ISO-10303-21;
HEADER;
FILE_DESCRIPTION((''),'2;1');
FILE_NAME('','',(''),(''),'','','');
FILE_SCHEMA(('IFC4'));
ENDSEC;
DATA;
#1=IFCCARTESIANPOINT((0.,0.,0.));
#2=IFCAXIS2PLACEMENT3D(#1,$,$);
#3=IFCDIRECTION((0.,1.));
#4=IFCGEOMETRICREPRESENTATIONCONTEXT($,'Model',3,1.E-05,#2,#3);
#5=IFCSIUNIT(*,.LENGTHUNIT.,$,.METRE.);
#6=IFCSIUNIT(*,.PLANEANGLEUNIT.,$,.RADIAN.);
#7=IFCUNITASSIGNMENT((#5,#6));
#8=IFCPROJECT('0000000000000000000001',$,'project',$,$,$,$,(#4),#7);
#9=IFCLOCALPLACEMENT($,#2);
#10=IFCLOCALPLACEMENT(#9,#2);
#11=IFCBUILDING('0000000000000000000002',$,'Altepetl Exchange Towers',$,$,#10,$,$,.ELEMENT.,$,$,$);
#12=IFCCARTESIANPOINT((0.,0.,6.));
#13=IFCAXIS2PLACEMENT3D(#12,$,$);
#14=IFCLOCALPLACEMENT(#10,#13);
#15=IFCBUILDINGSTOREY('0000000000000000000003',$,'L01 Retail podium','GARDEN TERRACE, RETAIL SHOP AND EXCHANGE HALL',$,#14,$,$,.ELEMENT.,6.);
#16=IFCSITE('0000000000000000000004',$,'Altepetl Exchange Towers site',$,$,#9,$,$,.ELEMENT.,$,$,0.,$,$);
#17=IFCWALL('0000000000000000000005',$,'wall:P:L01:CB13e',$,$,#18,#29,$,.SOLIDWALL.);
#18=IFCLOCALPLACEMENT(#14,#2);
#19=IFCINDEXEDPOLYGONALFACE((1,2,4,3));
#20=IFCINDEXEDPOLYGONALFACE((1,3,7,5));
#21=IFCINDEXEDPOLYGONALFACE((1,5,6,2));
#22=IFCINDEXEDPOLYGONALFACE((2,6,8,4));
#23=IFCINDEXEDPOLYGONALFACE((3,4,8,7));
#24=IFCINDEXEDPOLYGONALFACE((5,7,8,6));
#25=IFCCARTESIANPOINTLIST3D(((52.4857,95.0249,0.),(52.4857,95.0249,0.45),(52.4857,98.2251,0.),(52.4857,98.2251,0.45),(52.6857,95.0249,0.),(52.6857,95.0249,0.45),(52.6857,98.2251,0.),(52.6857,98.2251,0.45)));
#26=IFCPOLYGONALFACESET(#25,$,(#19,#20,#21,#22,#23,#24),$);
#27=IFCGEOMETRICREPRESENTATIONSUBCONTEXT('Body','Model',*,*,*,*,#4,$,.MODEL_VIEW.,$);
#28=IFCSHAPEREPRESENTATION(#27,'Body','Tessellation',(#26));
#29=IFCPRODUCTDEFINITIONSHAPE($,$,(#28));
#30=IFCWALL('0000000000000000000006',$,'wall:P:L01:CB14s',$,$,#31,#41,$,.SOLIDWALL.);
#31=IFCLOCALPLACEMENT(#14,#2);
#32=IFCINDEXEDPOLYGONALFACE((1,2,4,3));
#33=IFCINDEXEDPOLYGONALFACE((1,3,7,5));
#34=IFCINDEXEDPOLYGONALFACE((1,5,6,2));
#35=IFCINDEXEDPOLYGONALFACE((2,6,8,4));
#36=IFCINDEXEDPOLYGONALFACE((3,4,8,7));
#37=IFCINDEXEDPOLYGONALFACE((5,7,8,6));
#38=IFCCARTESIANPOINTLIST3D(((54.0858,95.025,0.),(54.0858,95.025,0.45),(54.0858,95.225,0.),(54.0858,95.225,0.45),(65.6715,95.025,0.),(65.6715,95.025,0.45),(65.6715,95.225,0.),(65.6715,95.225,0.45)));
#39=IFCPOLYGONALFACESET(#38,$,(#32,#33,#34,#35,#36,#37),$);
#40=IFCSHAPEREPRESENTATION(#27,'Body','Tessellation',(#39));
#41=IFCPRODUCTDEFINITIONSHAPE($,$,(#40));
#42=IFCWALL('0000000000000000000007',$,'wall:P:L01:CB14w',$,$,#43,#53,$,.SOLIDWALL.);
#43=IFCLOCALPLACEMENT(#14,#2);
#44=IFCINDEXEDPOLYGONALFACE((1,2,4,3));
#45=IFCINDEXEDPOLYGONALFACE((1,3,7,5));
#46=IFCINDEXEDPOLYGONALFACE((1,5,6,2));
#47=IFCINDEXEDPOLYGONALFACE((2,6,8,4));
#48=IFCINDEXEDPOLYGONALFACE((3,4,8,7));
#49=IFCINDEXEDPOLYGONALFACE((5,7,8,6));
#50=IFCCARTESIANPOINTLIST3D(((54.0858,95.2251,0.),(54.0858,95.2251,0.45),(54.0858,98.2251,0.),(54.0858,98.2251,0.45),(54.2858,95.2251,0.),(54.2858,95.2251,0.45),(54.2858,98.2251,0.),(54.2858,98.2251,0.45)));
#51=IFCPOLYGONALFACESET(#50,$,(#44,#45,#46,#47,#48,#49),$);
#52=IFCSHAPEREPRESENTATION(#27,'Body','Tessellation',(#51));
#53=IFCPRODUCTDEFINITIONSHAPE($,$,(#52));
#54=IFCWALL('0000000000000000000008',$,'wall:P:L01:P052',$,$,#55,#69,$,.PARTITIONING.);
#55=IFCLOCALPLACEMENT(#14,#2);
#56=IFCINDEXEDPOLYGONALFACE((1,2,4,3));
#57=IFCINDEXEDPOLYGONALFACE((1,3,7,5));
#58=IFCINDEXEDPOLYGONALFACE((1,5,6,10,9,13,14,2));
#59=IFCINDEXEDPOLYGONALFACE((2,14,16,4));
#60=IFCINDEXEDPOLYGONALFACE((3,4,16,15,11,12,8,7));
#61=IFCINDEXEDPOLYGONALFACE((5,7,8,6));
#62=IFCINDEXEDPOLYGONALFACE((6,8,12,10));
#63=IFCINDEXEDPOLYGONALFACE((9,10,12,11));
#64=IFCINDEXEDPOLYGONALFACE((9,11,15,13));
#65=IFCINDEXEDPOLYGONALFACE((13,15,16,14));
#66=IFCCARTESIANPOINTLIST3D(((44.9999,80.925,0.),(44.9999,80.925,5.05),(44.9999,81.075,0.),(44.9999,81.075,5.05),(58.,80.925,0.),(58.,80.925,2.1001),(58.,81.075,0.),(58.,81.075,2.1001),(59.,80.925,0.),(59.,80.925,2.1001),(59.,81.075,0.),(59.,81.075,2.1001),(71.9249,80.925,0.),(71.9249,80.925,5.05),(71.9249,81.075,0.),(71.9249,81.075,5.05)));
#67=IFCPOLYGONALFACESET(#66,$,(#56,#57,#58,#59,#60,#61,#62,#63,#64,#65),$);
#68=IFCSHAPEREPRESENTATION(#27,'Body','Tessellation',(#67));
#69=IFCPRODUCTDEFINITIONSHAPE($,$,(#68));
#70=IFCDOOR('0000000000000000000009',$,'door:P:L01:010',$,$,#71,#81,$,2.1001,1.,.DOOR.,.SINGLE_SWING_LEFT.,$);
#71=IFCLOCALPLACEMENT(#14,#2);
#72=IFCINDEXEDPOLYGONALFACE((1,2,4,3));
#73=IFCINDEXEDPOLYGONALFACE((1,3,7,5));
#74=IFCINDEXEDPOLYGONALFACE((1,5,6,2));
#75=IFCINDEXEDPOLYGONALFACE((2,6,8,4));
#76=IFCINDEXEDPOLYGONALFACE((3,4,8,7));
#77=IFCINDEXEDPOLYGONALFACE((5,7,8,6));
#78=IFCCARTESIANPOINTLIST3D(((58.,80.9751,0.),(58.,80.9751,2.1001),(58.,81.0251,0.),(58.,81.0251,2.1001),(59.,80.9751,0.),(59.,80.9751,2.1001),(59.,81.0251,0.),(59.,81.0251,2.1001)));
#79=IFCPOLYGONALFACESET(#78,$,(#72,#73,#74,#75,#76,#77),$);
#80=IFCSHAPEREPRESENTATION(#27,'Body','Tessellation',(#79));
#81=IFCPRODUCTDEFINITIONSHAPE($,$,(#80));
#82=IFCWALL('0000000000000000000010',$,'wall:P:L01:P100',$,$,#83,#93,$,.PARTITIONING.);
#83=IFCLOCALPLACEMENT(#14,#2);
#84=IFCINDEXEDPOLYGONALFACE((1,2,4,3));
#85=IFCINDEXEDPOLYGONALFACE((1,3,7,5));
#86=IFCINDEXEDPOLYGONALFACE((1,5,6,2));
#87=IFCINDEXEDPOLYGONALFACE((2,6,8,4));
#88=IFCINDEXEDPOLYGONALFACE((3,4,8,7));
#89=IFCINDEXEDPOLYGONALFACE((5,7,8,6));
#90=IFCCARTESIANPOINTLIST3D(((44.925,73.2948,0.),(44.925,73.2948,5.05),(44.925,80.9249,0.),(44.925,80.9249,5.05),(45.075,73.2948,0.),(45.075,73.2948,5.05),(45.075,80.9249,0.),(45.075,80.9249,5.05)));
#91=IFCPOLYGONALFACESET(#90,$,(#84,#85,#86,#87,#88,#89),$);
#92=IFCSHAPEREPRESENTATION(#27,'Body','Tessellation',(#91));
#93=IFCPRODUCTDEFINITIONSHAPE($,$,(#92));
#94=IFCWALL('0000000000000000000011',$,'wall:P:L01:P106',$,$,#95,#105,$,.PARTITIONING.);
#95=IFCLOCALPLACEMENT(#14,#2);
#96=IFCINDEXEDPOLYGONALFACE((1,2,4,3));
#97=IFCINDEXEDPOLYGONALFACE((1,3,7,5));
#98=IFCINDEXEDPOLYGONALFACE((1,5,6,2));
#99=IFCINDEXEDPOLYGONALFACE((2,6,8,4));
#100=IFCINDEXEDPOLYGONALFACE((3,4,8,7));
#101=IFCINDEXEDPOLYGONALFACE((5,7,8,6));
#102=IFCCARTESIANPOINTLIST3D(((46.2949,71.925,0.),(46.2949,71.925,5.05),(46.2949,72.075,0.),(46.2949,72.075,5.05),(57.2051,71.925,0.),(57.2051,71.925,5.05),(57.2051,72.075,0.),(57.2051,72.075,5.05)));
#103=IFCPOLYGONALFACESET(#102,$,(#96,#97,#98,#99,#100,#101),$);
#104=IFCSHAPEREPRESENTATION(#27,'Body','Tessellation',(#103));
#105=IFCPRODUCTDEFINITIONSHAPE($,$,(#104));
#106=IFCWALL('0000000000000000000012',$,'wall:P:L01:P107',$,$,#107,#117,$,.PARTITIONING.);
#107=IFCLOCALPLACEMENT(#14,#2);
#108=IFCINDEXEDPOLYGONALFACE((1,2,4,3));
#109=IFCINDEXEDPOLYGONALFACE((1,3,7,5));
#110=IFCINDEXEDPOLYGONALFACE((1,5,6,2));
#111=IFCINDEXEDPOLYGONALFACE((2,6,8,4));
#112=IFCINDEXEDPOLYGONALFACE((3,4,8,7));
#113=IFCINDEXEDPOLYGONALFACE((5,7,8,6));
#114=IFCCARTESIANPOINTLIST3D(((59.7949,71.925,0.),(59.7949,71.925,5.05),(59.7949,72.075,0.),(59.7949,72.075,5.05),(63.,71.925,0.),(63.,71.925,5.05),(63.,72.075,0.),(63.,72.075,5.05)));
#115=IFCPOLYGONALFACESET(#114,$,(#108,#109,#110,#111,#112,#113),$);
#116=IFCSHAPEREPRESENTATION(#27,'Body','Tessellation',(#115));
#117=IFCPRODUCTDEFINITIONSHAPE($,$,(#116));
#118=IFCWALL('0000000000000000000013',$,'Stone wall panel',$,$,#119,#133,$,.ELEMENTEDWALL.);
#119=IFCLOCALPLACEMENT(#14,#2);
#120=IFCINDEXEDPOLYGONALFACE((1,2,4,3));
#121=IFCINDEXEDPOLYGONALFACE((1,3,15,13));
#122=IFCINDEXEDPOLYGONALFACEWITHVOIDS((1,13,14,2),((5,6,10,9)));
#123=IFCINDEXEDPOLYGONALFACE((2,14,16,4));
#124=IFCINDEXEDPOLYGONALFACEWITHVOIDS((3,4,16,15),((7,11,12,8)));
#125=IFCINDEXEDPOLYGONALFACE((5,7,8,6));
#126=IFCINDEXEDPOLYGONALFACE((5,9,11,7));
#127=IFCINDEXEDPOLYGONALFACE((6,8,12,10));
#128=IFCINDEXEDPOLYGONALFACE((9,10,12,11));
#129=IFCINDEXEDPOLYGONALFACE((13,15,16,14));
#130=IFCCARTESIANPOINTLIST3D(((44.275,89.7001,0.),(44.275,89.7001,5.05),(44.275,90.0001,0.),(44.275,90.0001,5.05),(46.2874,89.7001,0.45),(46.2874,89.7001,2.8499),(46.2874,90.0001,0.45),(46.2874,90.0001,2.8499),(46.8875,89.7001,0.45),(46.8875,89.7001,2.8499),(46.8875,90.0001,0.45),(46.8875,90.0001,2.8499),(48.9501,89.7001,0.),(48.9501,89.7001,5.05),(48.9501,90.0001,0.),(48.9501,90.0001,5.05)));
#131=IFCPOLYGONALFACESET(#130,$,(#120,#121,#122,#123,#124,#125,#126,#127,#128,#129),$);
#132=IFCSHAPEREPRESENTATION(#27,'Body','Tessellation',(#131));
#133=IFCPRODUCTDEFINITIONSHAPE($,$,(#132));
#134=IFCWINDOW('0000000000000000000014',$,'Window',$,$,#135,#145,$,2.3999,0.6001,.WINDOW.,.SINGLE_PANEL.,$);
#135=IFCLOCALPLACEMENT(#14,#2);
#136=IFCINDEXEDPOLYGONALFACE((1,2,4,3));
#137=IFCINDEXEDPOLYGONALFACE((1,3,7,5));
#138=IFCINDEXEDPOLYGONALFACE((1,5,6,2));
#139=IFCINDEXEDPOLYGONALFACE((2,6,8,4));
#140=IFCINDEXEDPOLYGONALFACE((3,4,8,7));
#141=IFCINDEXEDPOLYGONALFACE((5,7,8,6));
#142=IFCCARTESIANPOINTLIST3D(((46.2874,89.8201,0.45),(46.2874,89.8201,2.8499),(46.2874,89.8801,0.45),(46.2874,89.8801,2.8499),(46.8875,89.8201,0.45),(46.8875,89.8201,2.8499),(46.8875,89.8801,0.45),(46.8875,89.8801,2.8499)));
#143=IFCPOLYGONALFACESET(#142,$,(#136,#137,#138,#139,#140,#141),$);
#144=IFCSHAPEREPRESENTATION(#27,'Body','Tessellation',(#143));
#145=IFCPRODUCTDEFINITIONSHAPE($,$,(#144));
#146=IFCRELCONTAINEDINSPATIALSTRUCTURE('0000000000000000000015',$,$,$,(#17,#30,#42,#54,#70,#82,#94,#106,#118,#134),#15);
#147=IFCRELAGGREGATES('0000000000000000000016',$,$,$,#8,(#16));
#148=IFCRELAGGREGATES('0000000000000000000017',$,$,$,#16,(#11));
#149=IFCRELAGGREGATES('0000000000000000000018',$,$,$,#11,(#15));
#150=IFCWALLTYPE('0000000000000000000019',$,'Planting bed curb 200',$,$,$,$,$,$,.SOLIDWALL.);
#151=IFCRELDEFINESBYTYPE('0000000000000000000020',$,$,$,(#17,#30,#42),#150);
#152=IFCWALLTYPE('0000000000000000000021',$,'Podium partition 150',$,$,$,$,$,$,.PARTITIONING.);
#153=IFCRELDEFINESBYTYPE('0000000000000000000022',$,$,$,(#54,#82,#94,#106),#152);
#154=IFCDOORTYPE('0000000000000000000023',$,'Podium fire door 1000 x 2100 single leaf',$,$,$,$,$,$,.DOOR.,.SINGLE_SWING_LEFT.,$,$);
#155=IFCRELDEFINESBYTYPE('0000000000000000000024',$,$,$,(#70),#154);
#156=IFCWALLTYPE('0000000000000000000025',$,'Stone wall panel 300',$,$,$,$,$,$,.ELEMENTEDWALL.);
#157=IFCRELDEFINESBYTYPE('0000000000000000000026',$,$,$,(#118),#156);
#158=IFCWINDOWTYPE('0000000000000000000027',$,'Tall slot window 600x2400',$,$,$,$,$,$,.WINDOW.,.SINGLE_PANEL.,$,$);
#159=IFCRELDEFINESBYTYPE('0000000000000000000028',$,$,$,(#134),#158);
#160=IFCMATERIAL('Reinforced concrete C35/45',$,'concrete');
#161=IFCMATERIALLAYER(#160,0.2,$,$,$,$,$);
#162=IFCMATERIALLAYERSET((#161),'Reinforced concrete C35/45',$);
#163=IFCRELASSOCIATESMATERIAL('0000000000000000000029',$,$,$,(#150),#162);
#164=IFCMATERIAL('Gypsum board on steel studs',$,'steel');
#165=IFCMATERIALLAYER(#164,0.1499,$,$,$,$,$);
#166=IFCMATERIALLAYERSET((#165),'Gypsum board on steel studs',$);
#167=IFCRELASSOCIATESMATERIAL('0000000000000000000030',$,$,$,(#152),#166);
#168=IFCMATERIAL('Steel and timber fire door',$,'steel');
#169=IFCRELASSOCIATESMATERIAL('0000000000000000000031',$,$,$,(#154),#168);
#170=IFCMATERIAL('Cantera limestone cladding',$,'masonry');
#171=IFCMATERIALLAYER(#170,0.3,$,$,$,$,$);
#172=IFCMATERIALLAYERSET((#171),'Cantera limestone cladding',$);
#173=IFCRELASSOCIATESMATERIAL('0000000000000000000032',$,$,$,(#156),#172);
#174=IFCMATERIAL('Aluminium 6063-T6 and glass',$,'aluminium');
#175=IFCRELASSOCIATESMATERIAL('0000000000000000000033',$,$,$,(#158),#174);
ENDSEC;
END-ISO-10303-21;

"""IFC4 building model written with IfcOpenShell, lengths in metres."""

from ifc_helpers import new_model, si_unit, direction, frame, frame_2d, origin, place, context, subcontext, project, spatial, rectangle, extrude, material, layer, layer_set, type_object, element, fill, save


model = new_model("IFC4")

# Units and contexts
model_context = context("Model", 3, precision=1e-05, world=origin(), true_north=direction((0.0, 1.0)))
body_context = subcontext(model_context, "Body", "Model", "MODEL_VIEW")
ifc_project = project(units=[si_unit("LENGTHUNIT", "METRE"), si_unit("PLANEANGLEUNIT", "RADIAN")], contexts=[model_context])

# Site, building, storey
site_placement = place(None, origin())
site = spatial("IfcSite", under=ifc_project, at=site_placement, Name="Altepetl Exchange Towers site", CompositionType="ELEMENT", RefElevation=0.0)
building_placement = place(site_placement, origin())
building = spatial("IfcBuilding", under=site, at=building_placement, Name="Altepetl Exchange Towers", CompositionType="ELEMENT")
storey_placement = place(building_placement, frame((0.0, 0.0, 6.0)))
storey = spatial("IfcBuildingStorey", under=building, at=storey_placement, Name="L01 Retail podium", Description="GARDEN TERRACE, RETAIL SHOP AND EXCHANGE HALL", CompositionType="ELEMENT", Elevation=6.0)

# Shared definitions
ifc_material_1 = material(Name="Aluminium 6063-T6 and glass", Category="aluminium")

# Walls
ifc_material_2 = material(Name="Reinforced concrete C35/45", Category="concrete")
ifc_layer_1 = layer(ifc_material_2, 0.2)
ifc_layer_set_1 = layer_set([ifc_layer_1], Name="Reinforced concrete C35/45")
wall_type_1 = type_object("IfcWallType", Name="Planting bed curb 200", PredefinedType="SOLIDWALL", material=ifc_layer_set_1)
wall_1_placement = place(storey_placement, frame((52.5857, 95.0249, 0.0), z_axis=(0.0, 0.0, 1.0), x_axis=(0.0, 1.0, 0.0)))
element("IfcWall", 1, at=wall_1_placement, inside=storey, type_object=wall_type_1, Name="wall:P:L01:CB13e", PredefinedType="SOLIDWALL", context=body_context, shape_type="SweptSolid", body=[
    extrude(rectangle(XDim=3.2002, YDim=0.2, at=frame_2d((1.6001, 0.0))), origin(), (0.0, 0.0, 1.0), 0.45),
])
wall_2_placement = place(storey_placement, frame((54.0857, 95.125, 0.0)))
element("IfcWall", 2, at=wall_2_placement, inside=storey, type_object=wall_type_1, Name="wall:P:L01:CB14s", PredefinedType="SOLIDWALL", context=body_context, shape_type="SweptSolid", body=[
    extrude(rectangle(XDim=11.5857, YDim=0.2, at=frame_2d((5.793, 0.0))), origin(), (0.0, 0.0, 1.0), 0.45),
])
wall_3_placement = place(storey_placement, frame((54.1858, 95.2251, 0.0), z_axis=(0.0, 0.0, 1.0), x_axis=(0.0, 1.0, 0.0)))
element("IfcWall", 3, at=wall_3_placement, inside=storey, type_object=wall_type_1, Name="wall:P:L01:CB14w", PredefinedType="SOLIDWALL", context=body_context, shape_type="SweptSolid", body=[
    extrude(rectangle(XDim=3.0, YDim=0.2, at=frame_2d((1.5, 0.0))), origin(), (0.0, 0.0, 1.0), 0.45),
])

# Wall, opening, door
ifc_material_3 = material(Name="Gypsum board on steel studs", Category="steel")
ifc_layer_2 = layer(ifc_material_3, 0.1499)
ifc_layer_set_2 = layer_set([ifc_layer_2], Name="Gypsum board on steel studs")
wall_type_2 = type_object("IfcWallType", Name="Podium partition 150", PredefinedType="PARTITIONING", material=ifc_layer_set_2)
wall_4_placement = place(storey_placement, frame((45.0, 81.0, 0.0)))
wall_4 = element("IfcWall", 4, at=wall_4_placement, inside=storey, type_object=wall_type_2, Name="wall:P:L01:P052", PredefinedType="PARTITIONING", context=body_context, shape_type="SweptSolid", body=[
    extrude(rectangle(XDim=26.925, YDim=0.1499, at=frame_2d((13.4624, 0.0))), origin(), (0.0, 0.0, 1.0), 5.05),
])
opening_1_placement = place(wall_4_placement, frame((13.0, 0.0, 0.0)))
opening_1 = element("IfcOpeningElement", 5, at=opening_1_placement, cuts=wall_4, PredefinedType="OPENING", context=body_context, shape_type="SweptSolid", body=[
    extrude(rectangle(XDim=1.0, YDim=2.1001, at=frame_2d((0.5, 1.05))), frame((0.0, 0.085, 0.0), z_axis=(0.0, -1.0, 0.0), x_axis=(1.0, 0.0, 0.0)), (0.0, 0.0, 1.0), 0.1699),
])
ifc_material_4 = material(Name="Steel and timber fire door", Category="steel")
door_type_1 = type_object("IfcDoorType", Name="Podium fire door 1000 x 2100 single leaf", OperationType="SINGLE_SWING_LEFT", PredefinedType="DOOR", material=ifc_material_4)
door_1_placement = place(opening_1_placement, frame((1.0, 0.0, 0.0), x_axis=(-1.0, 0.0, 0.0)))
door_1 = element("IfcDoor", 6, at=door_1_placement, inside=storey, type_object=door_type_1, Name="door:P:L01:010", OperationType="SINGLE_SWING_LEFT", OverallHeight=2.1001, OverallWidth=1.0, PredefinedType="DOOR", context=body_context, shape_type="SweptSolid", body=[
    extrude(rectangle(XDim=1.0, YDim=2.1001, at=frame_2d((0.5, 1.05))), frame((0.0, 0.0249, 0.0), z_axis=(0.0, -1.0, 0.0), x_axis=(1.0, 0.0, 0.0)), (0.0, 0.0, 1.0), 0.05),
])
fill(opening_1, door_1)

# Walls
wall_5_placement = place(storey_placement, frame((45.0, 73.2949, 0.0), z_axis=(0.0, 0.0, 1.0), x_axis=(0.0, 1.0, 0.0)))
element("IfcWall", 7, at=wall_5_placement, inside=storey, type_object=wall_type_2, Name="wall:P:L01:P100", PredefinedType="PARTITIONING", context=body_context, shape_type="SweptSolid", body=[
    extrude(rectangle(XDim=7.6301, YDim=0.1499, at=frame_2d((3.8149, 0.0))), origin(), (0.0, 0.0, 1.0), 5.05),
])
wall_6_placement = place(storey_placement, frame((46.2949, 72.0, 0.0)))
element("IfcWall", 8, at=wall_6_placement, inside=storey, type_object=wall_type_2, Name="wall:P:L01:P106", PredefinedType="PARTITIONING", context=body_context, shape_type="SweptSolid", body=[
    extrude(rectangle(XDim=10.9102, YDim=0.1499, at=frame_2d((5.4551, 0.0))), origin(), (0.0, 0.0, 1.0), 5.05),
])
wall_7_placement = place(storey_placement, frame((59.7949, 72.0, 0.0)))
element("IfcWall", 9, at=wall_7_placement, inside=storey, type_object=wall_type_2, Name="wall:P:L01:P107", PredefinedType="PARTITIONING", context=body_context, shape_type="SweptSolid", body=[
    extrude(rectangle(XDim=3.2051, YDim=0.1499, at=frame_2d((1.6025, 0.0))), origin(), (0.0, 0.0, 1.0), 5.05),
])

# Wall, opening, window
ifc_material_5 = material(Name="Cantera limestone cladding", Category="masonry")
ifc_layer_3 = layer(ifc_material_5, 0.3)
ifc_layer_set_3 = layer_set([ifc_layer_3], Name="Cantera limestone cladding")
wall_type_3 = type_object("IfcWallType", Name="Stone wall panel 300", PredefinedType="ELEMENTEDWALL", material=ifc_layer_set_3)
wall_8_placement = place(storey_placement, frame((48.95, 89.8501, 0.0), z_axis=(0.0, 0.0, 1.0), x_axis=(-1.0, 0.0, 0.0)))
wall_8 = element("IfcWall", 10, at=wall_8_placement, inside=storey, type_object=wall_type_3, Name="Stone wall panel", PredefinedType="ELEMENTEDWALL", context=body_context, shape_type="SweptSolid", body=[
    extrude(rectangle(XDim=4.675, YDim=0.3, at=frame_2d((2.3374, 0.0))), origin(), (0.0, 0.0, 1.0), 5.05),
])
opening_2_placement = place(wall_8_placement, frame((2.0625, 0.0, 0.45)))
opening_2 = element("IfcOpeningElement", 11, at=opening_2_placement, cuts=wall_8, PredefinedType="OPENING", context=body_context, shape_type="SweptSolid", body=[
    extrude(rectangle(XDim=0.6001, YDim=2.3999, at=frame_2d((0.3, 1.2))), frame((0.0, 0.1602, 0.0), z_axis=(0.0, -1.0, 0.0), x_axis=(1.0, 0.0, 0.0)), (0.0, 0.0, 1.0), 0.3201),
])
window_type = type_object("IfcWindowType", Name="Tall slot window 600x2400", PartitioningType="SINGLE_PANEL", PredefinedType="WINDOW", material=ifc_material_1)
window_placement = place(opening_2_placement, origin())
window = element("IfcWindow", 12, at=window_placement, inside=storey, type_object=window_type, Name="Window", OverallHeight=2.3999, OverallWidth=0.6001, PartitioningType="SINGLE_PANEL", PredefinedType="WINDOW", context=body_context, shape_type="SweptSolid", body=[
    extrude(rectangle(XDim=0.6001, YDim=2.3999, at=frame_2d((0.3, 1.2))), frame((0.0, 0.03, 0.0), z_axis=(0.0, -1.0, 0.0), x_axis=(1.0, 0.0, 0.0)), (0.0, 0.0, 1.0), 0.0601),
])
fill(opening_2, window)

save(model, "model.ifc")
